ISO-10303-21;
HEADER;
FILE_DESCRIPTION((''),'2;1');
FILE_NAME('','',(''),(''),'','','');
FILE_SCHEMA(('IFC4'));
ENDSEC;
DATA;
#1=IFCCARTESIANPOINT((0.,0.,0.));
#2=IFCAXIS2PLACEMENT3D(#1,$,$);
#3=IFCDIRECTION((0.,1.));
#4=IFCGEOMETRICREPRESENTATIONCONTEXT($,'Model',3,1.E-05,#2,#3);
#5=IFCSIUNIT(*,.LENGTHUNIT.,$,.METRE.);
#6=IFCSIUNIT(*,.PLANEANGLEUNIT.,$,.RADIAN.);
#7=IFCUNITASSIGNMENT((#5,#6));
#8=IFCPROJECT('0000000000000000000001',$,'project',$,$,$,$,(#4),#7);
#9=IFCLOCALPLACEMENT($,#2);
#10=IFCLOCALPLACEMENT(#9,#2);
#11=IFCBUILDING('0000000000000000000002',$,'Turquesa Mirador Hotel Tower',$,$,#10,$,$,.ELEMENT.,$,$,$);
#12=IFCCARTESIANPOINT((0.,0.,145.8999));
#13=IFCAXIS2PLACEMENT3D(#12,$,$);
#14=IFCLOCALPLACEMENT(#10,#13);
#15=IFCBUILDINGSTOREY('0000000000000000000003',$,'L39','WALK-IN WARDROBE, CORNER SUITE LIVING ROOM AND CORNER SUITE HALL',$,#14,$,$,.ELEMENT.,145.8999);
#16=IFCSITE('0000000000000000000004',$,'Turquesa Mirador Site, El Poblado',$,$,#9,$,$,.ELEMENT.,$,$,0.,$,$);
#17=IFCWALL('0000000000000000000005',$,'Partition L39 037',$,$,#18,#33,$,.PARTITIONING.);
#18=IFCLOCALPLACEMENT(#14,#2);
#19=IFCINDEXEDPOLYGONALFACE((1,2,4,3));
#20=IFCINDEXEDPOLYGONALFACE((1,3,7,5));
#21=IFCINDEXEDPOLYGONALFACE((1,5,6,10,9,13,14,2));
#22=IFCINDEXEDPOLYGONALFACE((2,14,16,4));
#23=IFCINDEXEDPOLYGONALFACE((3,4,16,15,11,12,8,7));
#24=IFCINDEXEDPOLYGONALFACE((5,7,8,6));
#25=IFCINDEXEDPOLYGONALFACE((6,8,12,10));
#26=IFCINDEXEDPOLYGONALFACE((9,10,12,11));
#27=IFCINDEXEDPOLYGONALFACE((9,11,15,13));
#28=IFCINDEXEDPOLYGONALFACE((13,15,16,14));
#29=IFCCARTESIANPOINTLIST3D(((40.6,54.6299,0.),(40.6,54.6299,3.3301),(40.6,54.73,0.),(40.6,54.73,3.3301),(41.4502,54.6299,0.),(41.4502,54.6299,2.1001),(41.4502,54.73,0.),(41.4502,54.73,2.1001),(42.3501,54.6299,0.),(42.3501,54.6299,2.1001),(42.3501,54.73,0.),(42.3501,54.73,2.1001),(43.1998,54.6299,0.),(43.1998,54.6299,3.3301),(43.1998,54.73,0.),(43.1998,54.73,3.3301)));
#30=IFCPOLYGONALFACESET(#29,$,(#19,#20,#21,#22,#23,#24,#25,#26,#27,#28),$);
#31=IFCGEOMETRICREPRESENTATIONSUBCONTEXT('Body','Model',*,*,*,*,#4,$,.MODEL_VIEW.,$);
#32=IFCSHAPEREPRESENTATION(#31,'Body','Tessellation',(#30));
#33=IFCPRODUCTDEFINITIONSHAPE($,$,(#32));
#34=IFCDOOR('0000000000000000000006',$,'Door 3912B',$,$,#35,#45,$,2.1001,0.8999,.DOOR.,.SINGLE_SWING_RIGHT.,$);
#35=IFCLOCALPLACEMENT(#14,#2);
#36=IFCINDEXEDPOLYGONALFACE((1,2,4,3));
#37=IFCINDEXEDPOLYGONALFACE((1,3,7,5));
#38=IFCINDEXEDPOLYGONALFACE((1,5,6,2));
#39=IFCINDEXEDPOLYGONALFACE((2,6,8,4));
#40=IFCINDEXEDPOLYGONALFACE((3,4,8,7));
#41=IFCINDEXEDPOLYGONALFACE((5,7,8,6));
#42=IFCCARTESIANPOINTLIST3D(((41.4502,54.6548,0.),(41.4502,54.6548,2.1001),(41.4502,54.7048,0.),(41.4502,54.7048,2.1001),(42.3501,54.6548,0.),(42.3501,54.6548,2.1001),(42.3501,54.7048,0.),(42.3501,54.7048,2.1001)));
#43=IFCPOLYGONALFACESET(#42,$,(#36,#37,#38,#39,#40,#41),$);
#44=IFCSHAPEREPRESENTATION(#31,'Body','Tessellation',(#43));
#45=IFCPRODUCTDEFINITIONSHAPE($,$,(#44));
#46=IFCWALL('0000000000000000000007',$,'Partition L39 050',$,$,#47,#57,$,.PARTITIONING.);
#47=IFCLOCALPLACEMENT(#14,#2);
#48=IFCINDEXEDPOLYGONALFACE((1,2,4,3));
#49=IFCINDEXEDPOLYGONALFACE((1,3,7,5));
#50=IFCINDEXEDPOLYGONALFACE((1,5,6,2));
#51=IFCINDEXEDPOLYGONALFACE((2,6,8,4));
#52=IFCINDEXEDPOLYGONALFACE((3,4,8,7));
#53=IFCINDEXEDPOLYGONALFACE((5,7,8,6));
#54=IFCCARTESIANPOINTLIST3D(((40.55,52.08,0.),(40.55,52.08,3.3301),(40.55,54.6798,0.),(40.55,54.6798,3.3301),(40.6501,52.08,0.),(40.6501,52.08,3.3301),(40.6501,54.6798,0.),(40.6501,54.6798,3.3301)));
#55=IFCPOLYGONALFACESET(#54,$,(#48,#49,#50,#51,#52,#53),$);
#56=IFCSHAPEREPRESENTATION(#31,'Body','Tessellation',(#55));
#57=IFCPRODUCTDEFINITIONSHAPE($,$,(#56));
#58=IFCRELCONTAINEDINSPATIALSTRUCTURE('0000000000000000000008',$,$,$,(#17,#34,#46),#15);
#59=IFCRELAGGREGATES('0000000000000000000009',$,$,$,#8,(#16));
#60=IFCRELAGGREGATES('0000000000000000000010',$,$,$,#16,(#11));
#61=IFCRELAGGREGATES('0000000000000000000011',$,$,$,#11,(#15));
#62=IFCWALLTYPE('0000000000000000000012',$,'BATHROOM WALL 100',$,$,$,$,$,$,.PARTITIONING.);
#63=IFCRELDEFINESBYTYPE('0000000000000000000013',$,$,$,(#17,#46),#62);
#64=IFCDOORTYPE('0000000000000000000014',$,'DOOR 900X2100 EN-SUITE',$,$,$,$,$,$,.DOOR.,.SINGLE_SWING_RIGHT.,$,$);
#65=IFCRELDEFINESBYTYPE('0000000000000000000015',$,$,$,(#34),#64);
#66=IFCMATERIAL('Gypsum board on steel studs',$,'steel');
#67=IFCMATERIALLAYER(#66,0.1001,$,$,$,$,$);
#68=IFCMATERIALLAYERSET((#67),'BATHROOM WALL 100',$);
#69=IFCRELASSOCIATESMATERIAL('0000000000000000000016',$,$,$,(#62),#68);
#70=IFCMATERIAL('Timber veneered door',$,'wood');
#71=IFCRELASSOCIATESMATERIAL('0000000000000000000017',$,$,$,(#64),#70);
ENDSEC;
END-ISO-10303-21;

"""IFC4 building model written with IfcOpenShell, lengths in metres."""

from ifc_helpers import new_model, si_unit, direction, frame, frame_2d, origin, place, context, subcontext, project, spatial, rectangle, extrude, material, layer, layer_set, type_object, element, fill, save


model = new_model("IFC4")

# Units and contexts
model_context = context("Model", 3, precision=1e-05, world=origin(), true_north=direction((0.0, 1.0)))
body_context = subcontext(model_context, "Body", "Model", "MODEL_VIEW")
ifc_project = project(units=[si_unit("LENGTHUNIT", "METRE"), si_unit("PLANEANGLEUNIT", "RADIAN")], contexts=[model_context])

# Site, building, storey
site_placement = place(None, origin())
site = spatial("IfcSite", under=ifc_project, at=site_placement, Name="Turquesa Mirador Site, El Poblado", CompositionType="ELEMENT", RefElevation=0.0)
building_placement = place(site_placement, origin())
building = spatial("IfcBuilding", under=site, at=building_placement, Name="Turquesa Mirador Hotel Tower", CompositionType="ELEMENT")
storey_placement = place(building_placement, frame((0.0, 0.0, 145.8999)))
storey = spatial("IfcBuildingStorey", under=building, at=storey_placement, Name="L39", Description="WALK-IN WARDROBE, CORNER SUITE LIVING ROOM AND CORNER SUITE HALL", CompositionType="ELEMENT", Elevation=145.8999)

# Wall, opening, door
ifc_material_1 = material(Name="Gypsum board on steel studs", Category="steel")
ifc_layer_1 = layer(ifc_material_1, 0.1001)
ifc_layer_set_1 = layer_set([ifc_layer_1], Name="BATHROOM WALL 100")
wall_type_1 = type_object("IfcWallType", Name="BATHROOM WALL 100", PredefinedType="PARTITIONING", material=ifc_layer_set_1)
wall_1_placement = place(storey_placement, frame((40.6001, 54.6799, 0.0), z_axis=(0.0, 0.0, 1.0), x_axis=(1.0, 0.0, 0.0)))
wall_1 = element("IfcWall", 1, at=wall_1_placement, inside=storey, type_object=wall_type_1, Name="Partition L39 037", PredefinedType="PARTITIONING", context=body_context, shape_type="SweptSolid", body=[
    extrude(rectangle(XDim=2.5999, YDim=0.1001, at=frame_2d((1.2998, 0.0))), origin(), (0.0, 0.0, 1.0), 3.3301),
])
opening_1_placement = place(wall_1_placement, frame((0.8501, 0.0, 0.0)))
opening_1 = element("IfcOpeningElement", 2, at=opening_1_placement, cuts=wall_1, PredefinedType="OPENING", context=body_context, shape_type="SweptSolid", body=[
    extrude(rectangle(XDim=0.8999, YDim=2.1001, at=frame_2d((0.45, 1.05))), frame((0.0, 0.0601, 0.0), z_axis=(0.0, -1.0, 0.0), x_axis=(1.0, 0.0, 0.0)), (0.0, 0.0, 1.0), 0.1201),
])
ifc_material_2 = material(Name="Timber veneered door", Category="wood")
door_type_1 = type_object("IfcDoorType", Name="DOOR 900X2100 EN-SUITE", OperationType="SINGLE_SWING_RIGHT", PredefinedType="DOOR", material=ifc_material_2)
door_1_placement = place(opening_1_placement, origin())
door_1 = element("IfcDoor", 3, at=door_1_placement, inside=storey, type_object=door_type_1, Name="Door 3912B", OperationType="SINGLE_SWING_RIGHT", OverallHeight=2.1001, OverallWidth=0.8999, PredefinedType="DOOR", context=body_context, shape_type="SweptSolid", body=[
    extrude(rectangle(XDim=0.8999, YDim=2.1001, at=frame_2d((0.45, 1.05))), frame((0.0, 0.0249, 0.0), z_axis=(0.0, -1.0, 0.0), x_axis=(1.0, 0.0, 0.0)), (0.0, 0.0, 1.0), 0.05),
])
fill(opening_1, door_1)

# Wall
wall_2_placement = place(storey_placement, frame((40.6001, 52.0801, 0.0), z_axis=(0.0, 0.0, 1.0), x_axis=(0.0, 1.0, 0.0)))
element("IfcWall", 4, at=wall_2_placement, inside=storey, type_object=wall_type_1, Name="Partition L39 050", PredefinedType="PARTITIONING", context=body_context, shape_type="SweptSolid", body=[
    extrude(rectangle(XDim=2.5999, YDim=0.1001, at=frame_2d((1.2998, 0.0))), origin(), (0.0, 0.0, 1.0), 3.3301),
])

save(model, "model.ifc")
